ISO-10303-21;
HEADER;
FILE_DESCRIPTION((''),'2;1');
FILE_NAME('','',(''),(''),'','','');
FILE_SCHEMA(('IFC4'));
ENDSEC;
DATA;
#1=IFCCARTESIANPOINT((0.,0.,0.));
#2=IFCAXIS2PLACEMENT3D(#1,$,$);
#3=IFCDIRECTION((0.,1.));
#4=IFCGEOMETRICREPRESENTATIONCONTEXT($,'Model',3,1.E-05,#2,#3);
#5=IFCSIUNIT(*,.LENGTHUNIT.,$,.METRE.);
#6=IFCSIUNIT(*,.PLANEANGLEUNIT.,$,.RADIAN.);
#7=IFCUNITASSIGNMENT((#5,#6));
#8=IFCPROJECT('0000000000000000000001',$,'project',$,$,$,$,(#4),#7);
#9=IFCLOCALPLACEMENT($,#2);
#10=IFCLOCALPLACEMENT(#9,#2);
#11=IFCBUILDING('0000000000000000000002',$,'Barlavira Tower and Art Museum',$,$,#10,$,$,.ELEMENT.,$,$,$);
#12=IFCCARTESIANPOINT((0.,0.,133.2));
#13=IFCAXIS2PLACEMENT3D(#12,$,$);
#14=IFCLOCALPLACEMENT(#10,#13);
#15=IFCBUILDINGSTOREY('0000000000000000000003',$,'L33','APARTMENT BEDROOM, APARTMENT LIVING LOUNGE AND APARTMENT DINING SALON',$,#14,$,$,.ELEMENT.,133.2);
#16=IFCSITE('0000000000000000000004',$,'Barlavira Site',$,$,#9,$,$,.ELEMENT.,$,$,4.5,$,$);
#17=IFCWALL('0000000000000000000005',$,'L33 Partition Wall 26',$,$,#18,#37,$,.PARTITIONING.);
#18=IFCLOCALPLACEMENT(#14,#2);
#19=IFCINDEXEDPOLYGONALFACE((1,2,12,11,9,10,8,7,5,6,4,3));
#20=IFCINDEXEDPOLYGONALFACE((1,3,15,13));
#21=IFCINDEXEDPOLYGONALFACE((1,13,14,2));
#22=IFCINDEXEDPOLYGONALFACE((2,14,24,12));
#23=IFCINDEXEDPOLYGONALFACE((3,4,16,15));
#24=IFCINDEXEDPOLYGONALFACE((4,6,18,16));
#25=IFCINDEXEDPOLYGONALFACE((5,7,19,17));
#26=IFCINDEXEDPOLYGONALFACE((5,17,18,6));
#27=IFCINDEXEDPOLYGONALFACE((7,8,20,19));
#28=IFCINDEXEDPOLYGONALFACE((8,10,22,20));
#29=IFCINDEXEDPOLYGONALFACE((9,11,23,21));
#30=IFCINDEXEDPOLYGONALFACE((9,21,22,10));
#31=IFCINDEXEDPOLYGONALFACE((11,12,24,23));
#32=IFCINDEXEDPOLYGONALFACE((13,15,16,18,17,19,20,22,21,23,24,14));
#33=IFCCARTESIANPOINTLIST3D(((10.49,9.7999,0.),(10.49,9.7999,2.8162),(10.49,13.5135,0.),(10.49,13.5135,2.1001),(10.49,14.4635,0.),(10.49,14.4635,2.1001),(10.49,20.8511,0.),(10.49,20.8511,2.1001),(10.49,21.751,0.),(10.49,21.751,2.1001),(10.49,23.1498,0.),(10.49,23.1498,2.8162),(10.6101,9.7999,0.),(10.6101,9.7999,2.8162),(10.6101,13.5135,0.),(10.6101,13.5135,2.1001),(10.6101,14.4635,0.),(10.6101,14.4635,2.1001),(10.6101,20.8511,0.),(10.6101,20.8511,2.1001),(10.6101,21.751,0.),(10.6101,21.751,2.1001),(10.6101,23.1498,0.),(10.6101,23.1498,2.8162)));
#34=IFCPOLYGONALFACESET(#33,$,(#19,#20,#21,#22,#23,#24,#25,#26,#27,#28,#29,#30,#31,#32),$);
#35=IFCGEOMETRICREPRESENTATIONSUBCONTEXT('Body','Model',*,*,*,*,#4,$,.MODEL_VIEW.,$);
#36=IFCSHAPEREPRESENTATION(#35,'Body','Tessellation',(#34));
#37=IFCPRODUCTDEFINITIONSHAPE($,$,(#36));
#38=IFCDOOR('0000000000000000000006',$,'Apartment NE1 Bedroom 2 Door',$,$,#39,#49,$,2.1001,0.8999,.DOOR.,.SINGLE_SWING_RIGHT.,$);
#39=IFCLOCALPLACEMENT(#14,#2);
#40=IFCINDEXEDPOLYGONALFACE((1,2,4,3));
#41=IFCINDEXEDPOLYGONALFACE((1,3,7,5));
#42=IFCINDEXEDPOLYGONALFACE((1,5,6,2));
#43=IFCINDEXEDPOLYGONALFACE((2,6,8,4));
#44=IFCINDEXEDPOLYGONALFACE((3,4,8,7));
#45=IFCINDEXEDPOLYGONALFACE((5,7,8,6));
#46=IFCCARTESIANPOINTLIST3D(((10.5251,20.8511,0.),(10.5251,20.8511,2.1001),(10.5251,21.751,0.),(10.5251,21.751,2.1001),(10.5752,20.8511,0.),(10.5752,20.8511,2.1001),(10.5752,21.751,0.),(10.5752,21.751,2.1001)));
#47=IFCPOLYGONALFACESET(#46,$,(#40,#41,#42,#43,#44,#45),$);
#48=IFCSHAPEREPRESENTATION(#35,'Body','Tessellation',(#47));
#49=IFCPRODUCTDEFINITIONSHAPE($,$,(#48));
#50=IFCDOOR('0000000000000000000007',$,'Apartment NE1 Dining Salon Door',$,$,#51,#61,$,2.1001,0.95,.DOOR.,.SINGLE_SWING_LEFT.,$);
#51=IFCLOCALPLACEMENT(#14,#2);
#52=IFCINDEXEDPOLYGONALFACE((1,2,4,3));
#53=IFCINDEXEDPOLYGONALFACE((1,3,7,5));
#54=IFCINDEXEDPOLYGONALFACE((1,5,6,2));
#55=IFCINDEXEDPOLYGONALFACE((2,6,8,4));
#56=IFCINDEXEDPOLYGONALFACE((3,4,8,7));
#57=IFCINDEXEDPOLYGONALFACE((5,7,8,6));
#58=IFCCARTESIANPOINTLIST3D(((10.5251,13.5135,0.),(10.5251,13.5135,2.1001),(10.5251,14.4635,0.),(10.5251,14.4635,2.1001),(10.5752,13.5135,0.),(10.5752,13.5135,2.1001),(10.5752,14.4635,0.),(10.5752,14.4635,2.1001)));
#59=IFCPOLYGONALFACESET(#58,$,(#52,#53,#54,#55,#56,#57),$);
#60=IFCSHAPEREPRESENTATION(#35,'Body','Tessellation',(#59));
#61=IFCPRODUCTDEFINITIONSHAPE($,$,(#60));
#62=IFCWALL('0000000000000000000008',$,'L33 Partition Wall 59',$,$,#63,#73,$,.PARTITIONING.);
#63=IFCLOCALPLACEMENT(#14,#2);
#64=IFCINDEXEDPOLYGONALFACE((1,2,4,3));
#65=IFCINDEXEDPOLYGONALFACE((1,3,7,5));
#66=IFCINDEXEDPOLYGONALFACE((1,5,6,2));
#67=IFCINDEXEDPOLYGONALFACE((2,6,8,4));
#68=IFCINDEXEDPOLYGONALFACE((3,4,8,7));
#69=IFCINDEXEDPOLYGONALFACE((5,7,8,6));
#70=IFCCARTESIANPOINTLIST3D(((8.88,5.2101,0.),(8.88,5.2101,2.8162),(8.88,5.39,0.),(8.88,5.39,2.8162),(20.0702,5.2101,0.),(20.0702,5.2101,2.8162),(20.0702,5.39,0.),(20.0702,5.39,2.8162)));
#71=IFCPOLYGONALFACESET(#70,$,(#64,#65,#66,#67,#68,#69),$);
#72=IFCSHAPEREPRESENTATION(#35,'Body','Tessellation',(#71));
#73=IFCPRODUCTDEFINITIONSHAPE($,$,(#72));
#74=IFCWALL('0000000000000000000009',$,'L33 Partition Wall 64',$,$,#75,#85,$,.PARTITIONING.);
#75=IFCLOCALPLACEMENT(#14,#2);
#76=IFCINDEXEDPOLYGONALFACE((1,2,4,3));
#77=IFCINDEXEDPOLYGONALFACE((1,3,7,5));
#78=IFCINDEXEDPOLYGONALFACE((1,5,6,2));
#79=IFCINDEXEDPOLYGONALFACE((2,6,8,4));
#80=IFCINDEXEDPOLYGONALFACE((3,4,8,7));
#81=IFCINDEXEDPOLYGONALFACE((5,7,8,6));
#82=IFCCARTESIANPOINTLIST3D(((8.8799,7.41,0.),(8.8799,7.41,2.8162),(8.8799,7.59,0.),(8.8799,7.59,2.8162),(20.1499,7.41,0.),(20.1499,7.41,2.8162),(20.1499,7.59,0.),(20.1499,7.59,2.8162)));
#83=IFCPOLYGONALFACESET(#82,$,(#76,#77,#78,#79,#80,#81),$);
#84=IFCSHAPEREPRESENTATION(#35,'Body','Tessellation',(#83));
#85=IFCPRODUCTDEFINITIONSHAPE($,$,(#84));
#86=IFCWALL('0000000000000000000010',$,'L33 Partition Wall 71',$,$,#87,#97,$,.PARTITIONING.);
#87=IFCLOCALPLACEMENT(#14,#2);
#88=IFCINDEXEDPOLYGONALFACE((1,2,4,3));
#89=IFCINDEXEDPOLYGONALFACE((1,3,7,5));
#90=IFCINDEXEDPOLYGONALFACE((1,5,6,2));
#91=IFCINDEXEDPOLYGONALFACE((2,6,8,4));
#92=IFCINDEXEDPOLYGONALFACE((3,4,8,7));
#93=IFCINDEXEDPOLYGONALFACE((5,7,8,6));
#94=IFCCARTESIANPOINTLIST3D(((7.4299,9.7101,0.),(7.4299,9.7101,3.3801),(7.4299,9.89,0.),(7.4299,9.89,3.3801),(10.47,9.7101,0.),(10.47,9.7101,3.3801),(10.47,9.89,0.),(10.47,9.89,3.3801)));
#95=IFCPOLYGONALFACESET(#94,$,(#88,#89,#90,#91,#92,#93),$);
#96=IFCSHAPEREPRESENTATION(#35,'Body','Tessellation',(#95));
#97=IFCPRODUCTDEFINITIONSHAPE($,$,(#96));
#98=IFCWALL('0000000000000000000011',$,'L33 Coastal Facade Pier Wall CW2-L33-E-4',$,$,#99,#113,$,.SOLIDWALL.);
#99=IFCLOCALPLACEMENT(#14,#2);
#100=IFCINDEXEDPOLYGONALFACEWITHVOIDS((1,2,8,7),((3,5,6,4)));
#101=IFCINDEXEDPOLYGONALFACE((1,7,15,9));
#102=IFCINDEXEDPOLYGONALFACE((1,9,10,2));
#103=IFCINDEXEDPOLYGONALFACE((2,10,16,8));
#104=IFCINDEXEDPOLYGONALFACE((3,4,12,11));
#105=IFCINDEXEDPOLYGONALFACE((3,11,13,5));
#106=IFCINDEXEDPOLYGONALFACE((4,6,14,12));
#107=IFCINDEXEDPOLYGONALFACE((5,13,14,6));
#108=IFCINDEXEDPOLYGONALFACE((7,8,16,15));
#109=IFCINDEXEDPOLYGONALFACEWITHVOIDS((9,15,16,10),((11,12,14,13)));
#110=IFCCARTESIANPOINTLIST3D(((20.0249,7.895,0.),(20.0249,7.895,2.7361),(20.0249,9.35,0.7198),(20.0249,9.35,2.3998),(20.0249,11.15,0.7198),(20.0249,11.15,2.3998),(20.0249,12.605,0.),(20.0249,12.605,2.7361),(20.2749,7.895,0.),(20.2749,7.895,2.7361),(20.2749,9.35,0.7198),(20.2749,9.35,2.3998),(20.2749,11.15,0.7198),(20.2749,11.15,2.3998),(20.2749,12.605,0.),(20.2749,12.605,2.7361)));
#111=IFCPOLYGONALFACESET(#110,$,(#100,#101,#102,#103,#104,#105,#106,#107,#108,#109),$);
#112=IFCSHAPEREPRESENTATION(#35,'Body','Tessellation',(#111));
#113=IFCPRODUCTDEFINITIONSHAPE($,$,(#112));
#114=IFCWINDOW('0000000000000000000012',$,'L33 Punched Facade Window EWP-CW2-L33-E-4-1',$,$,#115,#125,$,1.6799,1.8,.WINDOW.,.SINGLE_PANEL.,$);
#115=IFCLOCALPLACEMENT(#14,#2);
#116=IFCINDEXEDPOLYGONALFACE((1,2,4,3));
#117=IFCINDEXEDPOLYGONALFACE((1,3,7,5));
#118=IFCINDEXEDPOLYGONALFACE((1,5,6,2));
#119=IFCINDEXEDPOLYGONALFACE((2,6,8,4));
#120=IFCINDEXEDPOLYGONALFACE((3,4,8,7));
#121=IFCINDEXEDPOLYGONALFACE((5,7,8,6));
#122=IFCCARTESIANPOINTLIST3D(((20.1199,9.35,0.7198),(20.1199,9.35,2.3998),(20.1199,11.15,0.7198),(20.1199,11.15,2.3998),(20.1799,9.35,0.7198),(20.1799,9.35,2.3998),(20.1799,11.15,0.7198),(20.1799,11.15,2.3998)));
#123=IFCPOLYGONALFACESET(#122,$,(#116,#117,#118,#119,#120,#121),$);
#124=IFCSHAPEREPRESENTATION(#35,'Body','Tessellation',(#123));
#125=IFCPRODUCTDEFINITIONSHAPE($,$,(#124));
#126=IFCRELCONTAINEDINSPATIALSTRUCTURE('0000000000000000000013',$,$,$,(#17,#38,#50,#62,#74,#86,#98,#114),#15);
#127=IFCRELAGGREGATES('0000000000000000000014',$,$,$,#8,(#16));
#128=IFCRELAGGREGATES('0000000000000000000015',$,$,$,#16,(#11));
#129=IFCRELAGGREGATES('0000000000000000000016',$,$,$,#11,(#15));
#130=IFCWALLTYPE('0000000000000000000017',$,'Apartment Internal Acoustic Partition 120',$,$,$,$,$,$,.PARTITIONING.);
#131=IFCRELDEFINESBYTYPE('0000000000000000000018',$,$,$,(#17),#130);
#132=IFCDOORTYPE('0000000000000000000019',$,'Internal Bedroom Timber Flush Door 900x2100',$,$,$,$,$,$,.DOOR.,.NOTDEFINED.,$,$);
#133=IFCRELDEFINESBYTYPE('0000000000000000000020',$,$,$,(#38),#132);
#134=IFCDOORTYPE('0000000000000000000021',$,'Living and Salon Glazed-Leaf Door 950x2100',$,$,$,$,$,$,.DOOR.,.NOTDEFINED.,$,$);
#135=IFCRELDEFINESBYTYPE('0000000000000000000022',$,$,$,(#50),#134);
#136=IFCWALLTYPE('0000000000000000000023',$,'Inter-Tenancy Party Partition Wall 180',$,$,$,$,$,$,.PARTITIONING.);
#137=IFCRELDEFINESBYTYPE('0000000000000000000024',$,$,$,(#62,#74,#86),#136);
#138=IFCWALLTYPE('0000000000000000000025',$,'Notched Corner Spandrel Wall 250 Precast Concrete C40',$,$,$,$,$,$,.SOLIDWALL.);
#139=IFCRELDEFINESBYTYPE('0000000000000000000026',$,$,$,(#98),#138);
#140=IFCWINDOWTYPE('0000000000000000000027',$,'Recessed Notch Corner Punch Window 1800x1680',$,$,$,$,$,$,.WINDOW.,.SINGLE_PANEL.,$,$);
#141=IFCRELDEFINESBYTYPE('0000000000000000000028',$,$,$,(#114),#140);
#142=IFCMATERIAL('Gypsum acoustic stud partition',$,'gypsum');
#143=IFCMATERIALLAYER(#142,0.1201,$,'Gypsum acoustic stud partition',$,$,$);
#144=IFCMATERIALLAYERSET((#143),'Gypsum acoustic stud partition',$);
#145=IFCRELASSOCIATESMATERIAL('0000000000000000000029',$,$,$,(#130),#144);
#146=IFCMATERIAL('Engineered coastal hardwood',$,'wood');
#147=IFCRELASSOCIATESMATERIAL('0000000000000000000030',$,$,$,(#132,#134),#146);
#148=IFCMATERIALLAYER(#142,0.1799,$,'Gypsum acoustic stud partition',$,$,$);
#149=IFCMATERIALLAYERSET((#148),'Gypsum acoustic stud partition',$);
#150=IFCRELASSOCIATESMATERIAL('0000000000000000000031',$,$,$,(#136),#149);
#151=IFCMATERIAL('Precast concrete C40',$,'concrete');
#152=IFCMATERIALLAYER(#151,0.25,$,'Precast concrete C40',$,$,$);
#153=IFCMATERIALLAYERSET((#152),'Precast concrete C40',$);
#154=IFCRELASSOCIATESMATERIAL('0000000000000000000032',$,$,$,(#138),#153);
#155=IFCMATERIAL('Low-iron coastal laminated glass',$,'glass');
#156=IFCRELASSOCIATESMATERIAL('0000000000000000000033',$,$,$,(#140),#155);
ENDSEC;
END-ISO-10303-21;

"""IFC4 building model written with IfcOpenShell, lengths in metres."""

from ifc_helpers import new_model, si_unit, direction, frame, frame_2d, origin, place, context, subcontext, project, spatial, rectangle, extrude, material, layer, layer_set, type_object, element, fill, save


model = new_model("IFC4")

# Units and contexts
model_context = context("Model", 3, precision=1e-05, world=origin(), true_north=direction((0.0, 1.0)))
body_context = subcontext(model_context, "Body", "Model", "MODEL_VIEW")
ifc_project = project(units=[si_unit("LENGTHUNIT", "METRE"), si_unit("PLANEANGLEUNIT", "RADIAN")], contexts=[model_context])

# Site, building, storey
site_placement = place(None, origin())
site = spatial("IfcSite", under=ifc_project, at=site_placement, Name="Barlavira Site", CompositionType="ELEMENT", RefElevation=4.5)
building_placement = place(site_placement, origin())
building = spatial("IfcBuilding", under=site, at=building_placement, Name="Barlavira Tower and Art Museum", CompositionType="ELEMENT")
storey_placement = place(building_placement, frame((0.0, 0.0, 133.2)))
storey = spatial("IfcBuildingStorey", under=building, at=storey_placement, Name="L33", Description="APARTMENT BEDROOM, APARTMENT LIVING LOUNGE AND APARTMENT DINING SALON", CompositionType="ELEMENT", Elevation=133.2)

# Shared definitions
ifc_material_1 = material(Name="Low-iron coastal laminated glass", Category="glass")

# Wall, openings, doors
ifc_material_2 = material(Name="Gypsum acoustic stud partition", Category="gypsum")
ifc_layer_1 = layer(ifc_material_2, 0.1201, Name="Gypsum acoustic stud partition")
ifc_layer_set_1 = layer_set([ifc_layer_1], Name="Gypsum acoustic stud partition")
wall_type_1 = type_object("IfcWallType", Name="Apartment Internal Acoustic Partition 120", PredefinedType="PARTITIONING", material=ifc_layer_set_1)
ifc_material_3 = material(Name="Engineered coastal hardwood", Category="wood")
door_type_1 = type_object("IfcDoorType", Name="Internal Bedroom Timber Flush Door 900x2100", OperationType="NOTDEFINED", PredefinedType="DOOR", material=ifc_material_3)
door_type_2 = type_object("IfcDoorType", Name="Living and Salon Glazed-Leaf Door 950x2100", OperationType="NOTDEFINED", PredefinedType="DOOR", material=ifc_material_3)
wall_1_placement = place(storey_placement, frame((10.55, 9.8, 0.0), z_axis=(0.0, 0.0, 1.0), x_axis=(0.0, 1.0, 0.0)))
wall_1 = element("IfcWall", 1, at=wall_1_placement, inside=storey, type_object=wall_type_1, Name="L33 Partition Wall 26", PredefinedType="PARTITIONING", context=body_context, shape_type="SweptSolid", body=[
    extrude(rectangle(XDim=13.3499, YDim=0.1201, at=frame_2d((6.6748, 0.0))), origin(), (0.0, 0.0, 1.0), 2.8162),
])
opening_1_placement = place(wall_1_placement, frame((3.7134, 0.0, 0.0)))
opening_1 = element("IfcOpeningElement", 2, at=opening_1_placement, cuts=wall_1, PredefinedType="OPENING", context=body_context, shape_type="SweptSolid", body=[
    extrude(rectangle(XDim=0.95, YDim=2.1001, at=frame_2d((0.4751, 1.05))), frame((0.0, 0.0701, 0.0), z_axis=(0.0, -1.0, 0.0), x_axis=(1.0, 0.0, 0.0)), (0.0, 0.0, 1.0), 0.1401),
])
opening_2_placement = place(wall_1_placement, frame((11.051, 0.0, 0.0)))
opening_2 = element("IfcOpeningElement", 3, at=opening_2_placement, cuts=wall_1, PredefinedType="OPENING", context=body_context, shape_type="SweptSolid", body=[
    extrude(rectangle(XDim=0.8999, YDim=2.1001, at=frame_2d((0.45, 1.05))), frame((0.0, 0.0701, 0.0), z_axis=(0.0, -1.0, 0.0), x_axis=(1.0, 0.0, 0.0)), (0.0, 0.0, 1.0), 0.1401),
])
door_1_placement = place(opening_2_placement, origin())
door_1 = element("IfcDoor", 4, at=door_1_placement, inside=storey, type_object=door_type_1, Name="Apartment NE1 Bedroom 2 Door", OperationType="SINGLE_SWING_RIGHT", OverallHeight=2.1001, OverallWidth=0.8999, PredefinedType="DOOR", context=body_context, shape_type="SweptSolid", body=[
    extrude(rectangle(XDim=0.8999, YDim=2.1001, at=frame_2d((0.45, 1.05))), frame((0.0, 0.0249, 0.0), z_axis=(0.0, -1.0, 0.0), x_axis=(1.0, 0.0, 0.0)), (0.0, 0.0, 1.0), 0.05),
])
fill(opening_2, door_1)
door_2_placement = place(opening_1_placement, origin())
door_2 = element("IfcDoor", 5, at=door_2_placement, inside=storey, type_object=door_type_2, Name="Apartment NE1 Dining Salon Door", OperationType="SINGLE_SWING_LEFT", OverallHeight=2.1001, OverallWidth=0.95, PredefinedType="DOOR", context=body_context, shape_type="SweptSolid", body=[
    extrude(rectangle(XDim=0.95, YDim=2.1001, at=frame_2d((0.4751, 1.05))), frame((0.0, 0.0249, 0.0), z_axis=(0.0, -1.0, 0.0), x_axis=(1.0, 0.0, 0.0)), (0.0, 0.0, 1.0), 0.05),
])
fill(opening_1, door_2)

# Walls
ifc_layer_2 = layer(ifc_material_2, 0.1799, Name="Gypsum acoustic stud partition")
ifc_layer_set_2 = layer_set([ifc_layer_2], Name="Gypsum acoustic stud partition")
wall_type_2 = type_object("IfcWallType", Name="Inter-Tenancy Party Partition Wall 180", PredefinedType="PARTITIONING", material=ifc_layer_set_2)
wall_2_placement = place(storey_placement, frame((8.8799, 5.3, 0.0), z_axis=(0.0, 0.0, 1.0), x_axis=(1.0, 0.0, 0.0)))
element("IfcWall", 6, at=wall_2_placement, inside=storey, type_object=wall_type_2, Name="L33 Partition Wall 59", PredefinedType="PARTITIONING", context=body_context, shape_type="SweptSolid", body=[
    extrude(rectangle(XDim=11.1902, YDim=0.1799, at=frame_2d((5.5952, 0.0))), origin(), (0.0, 0.0, 1.0), 2.8162),
])
wall_3_placement = place(storey_placement, frame((8.8799, 7.5, 0.0), z_axis=(0.0, 0.0, 1.0), x_axis=(1.0, 0.0, 0.0)))
element("IfcWall", 7, at=wall_3_placement, inside=storey, type_object=wall_type_2, Name="L33 Partition Wall 64", PredefinedType="PARTITIONING", context=body_context, shape_type="SweptSolid", body=[
    extrude(rectangle(XDim=11.27, YDim=0.1799, at=frame_2d((5.635, 0.0))), origin(), (0.0, 0.0, 1.0), 2.8162),
])
wall_4_placement = place(storey_placement, frame((7.4299, 9.8, 0.0), z_axis=(0.0, 0.0, 1.0), x_axis=(1.0, 0.0, 0.0)))
element("IfcWall", 8, at=wall_4_placement, inside=storey, type_object=wall_type_2, Name="L33 Partition Wall 71", PredefinedType="PARTITIONING", context=body_context, shape_type="SweptSolid", body=[
    extrude(rectangle(XDim=3.04, YDim=0.1799, at=frame_2d((1.52, 0.0))), origin(), (0.0, 0.0, 1.0), 3.3801),
])

# Wall, opening, window
ifc_material_4 = material(Name="Precast concrete C40", Category="concrete")
ifc_layer_3 = layer(ifc_material_4, 0.25, Name="Precast concrete C40")
ifc_layer_set_3 = layer_set([ifc_layer_3], Name="Precast concrete C40")
wall_type_3 = type_object("IfcWallType", Name="Notched Corner Spandrel Wall 250 Precast Concrete C40", PredefinedType="SOLIDWALL", material=ifc_layer_set_3)
wall_5_placement = place(storey_placement, frame((20.1499, 7.895, 0.0), z_axis=(0.0, 0.0, 1.0), x_axis=(0.0, 1.0, 0.0)))
wall_5 = element("IfcWall", 9, at=wall_5_placement, inside=storey, type_object=wall_type_3, Name="L33 Coastal Facade Pier Wall CW2-L33-E-4", PredefinedType="SOLIDWALL", context=body_context, shape_type="SweptSolid", body=[
    extrude(rectangle(XDim=4.71, YDim=0.25, at=frame_2d((2.355, 0.0))), origin(), (0.0, 0.0, 1.0), 2.7361),
])
opening_3_placement = place(wall_5_placement, frame((1.4551, 0.0, 0.72)))
opening_3 = element("IfcOpeningElement", 10, at=opening_3_placement, cuts=wall_5, PredefinedType="OPENING", context=body_context, shape_type="SweptSolid", body=[
    extrude(rectangle(XDim=1.8, YDim=1.6799, at=frame_2d((0.8999, 0.8398))), frame((0.0, 0.135, 0.0), z_axis=(0.0, -1.0, 0.0), x_axis=(1.0, 0.0, 0.0)), (0.0, 0.0, 1.0), 0.27),
])
window_type = type_object("IfcWindowType", Name="Recessed Notch Corner Punch Window 1800x1680", PartitioningType="SINGLE_PANEL", PredefinedType="WINDOW", material=ifc_material_1)
window_placement = place(opening_3_placement, origin())
window = element("IfcWindow", 11, at=window_placement, inside=storey, type_object=window_type, Name="L33 Punched Facade Window EWP-CW2-L33-E-4-1", OverallHeight=1.6799, OverallWidth=1.8, PartitioningType="SINGLE_PANEL", PredefinedType="WINDOW", context=body_context, shape_type="SweptSolid", body=[
    extrude(rectangle(XDim=1.8, YDim=1.6799, at=frame_2d((0.8999, 0.8398))), frame((0.0, 0.03, 0.0), z_axis=(0.0, -1.0, 0.0), x_axis=(1.0, 0.0, 0.0)), (0.0, 0.0, 1.0), 0.0601),
])
fill(opening_3, window)

save(model, "model.ifc")
